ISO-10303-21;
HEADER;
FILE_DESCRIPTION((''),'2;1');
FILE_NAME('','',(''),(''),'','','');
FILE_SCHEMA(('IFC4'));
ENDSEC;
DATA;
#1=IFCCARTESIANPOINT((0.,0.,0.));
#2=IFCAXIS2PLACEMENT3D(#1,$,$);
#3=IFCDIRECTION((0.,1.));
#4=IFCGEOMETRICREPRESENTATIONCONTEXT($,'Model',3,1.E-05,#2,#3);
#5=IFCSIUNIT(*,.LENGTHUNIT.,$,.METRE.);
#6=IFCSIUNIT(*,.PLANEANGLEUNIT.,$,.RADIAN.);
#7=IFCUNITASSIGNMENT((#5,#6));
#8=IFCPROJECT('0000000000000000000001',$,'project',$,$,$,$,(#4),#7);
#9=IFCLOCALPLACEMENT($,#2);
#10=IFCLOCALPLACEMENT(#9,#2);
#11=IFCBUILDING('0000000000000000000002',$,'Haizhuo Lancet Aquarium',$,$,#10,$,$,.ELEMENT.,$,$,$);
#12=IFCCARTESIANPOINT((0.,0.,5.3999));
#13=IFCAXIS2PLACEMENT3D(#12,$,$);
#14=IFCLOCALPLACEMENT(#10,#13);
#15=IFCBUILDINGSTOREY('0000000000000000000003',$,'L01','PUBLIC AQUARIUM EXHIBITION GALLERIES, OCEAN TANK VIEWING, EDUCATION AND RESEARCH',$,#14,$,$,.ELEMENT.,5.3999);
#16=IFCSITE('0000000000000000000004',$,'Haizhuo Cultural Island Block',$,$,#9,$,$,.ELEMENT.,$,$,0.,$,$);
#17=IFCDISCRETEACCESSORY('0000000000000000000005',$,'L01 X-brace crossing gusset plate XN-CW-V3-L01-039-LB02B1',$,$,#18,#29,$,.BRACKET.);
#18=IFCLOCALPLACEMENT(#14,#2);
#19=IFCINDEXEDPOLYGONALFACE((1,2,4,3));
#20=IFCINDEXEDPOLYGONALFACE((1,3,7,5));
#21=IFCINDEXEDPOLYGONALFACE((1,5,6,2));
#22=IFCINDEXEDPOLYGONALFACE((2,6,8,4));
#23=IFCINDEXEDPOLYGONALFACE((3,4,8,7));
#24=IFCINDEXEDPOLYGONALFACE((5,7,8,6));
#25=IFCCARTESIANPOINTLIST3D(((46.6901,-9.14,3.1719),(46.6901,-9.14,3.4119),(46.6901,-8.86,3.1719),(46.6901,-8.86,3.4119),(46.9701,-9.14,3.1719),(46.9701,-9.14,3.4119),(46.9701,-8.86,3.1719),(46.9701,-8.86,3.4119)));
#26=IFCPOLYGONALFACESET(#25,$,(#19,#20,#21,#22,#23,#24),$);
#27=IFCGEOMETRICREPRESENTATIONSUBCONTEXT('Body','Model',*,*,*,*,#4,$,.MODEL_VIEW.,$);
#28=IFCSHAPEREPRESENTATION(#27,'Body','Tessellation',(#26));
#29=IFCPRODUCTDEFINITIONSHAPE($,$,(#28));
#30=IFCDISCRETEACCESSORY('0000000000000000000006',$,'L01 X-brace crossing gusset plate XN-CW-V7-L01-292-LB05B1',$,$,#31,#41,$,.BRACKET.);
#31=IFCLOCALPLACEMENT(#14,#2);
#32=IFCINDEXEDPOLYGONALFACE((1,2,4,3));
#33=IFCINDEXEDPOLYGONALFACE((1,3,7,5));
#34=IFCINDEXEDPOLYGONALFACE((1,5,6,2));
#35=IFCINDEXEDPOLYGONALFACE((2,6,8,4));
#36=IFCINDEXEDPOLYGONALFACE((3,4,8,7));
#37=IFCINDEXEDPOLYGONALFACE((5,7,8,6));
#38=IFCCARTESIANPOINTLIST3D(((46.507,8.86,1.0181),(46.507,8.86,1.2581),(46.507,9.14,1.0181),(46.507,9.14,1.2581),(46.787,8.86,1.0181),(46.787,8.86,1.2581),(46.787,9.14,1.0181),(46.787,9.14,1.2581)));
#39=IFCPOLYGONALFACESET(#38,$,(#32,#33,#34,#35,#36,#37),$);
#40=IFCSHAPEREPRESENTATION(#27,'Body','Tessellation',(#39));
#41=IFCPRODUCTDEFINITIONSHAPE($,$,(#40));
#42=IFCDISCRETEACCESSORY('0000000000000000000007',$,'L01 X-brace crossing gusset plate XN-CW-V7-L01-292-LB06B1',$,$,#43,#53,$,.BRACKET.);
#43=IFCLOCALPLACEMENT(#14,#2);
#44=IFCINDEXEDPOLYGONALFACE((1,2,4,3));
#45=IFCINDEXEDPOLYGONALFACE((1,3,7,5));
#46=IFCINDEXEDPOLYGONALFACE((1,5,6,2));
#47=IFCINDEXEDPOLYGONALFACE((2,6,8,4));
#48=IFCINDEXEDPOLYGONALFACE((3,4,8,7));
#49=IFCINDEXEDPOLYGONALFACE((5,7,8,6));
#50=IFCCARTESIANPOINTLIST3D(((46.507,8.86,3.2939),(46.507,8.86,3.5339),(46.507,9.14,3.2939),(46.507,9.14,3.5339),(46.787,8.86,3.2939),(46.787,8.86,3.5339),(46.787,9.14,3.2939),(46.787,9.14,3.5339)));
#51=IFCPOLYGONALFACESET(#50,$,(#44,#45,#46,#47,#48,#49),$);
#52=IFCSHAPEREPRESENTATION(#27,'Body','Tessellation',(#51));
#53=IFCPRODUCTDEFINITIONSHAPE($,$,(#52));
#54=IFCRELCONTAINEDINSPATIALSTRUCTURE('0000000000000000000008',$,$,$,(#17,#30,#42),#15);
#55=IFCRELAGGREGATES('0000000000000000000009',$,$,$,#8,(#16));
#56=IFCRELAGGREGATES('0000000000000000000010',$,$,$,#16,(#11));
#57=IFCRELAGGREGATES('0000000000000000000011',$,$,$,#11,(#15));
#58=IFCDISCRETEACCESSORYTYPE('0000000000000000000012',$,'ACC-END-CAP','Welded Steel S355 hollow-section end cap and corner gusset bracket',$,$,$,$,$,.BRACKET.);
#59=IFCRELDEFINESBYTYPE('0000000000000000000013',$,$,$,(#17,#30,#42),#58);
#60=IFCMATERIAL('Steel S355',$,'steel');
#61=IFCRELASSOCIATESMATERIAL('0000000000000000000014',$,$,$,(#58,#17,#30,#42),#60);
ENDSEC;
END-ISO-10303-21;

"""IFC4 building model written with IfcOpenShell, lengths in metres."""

from ifc_helpers import new_model, si_unit, direction, frame, origin, origin_2d, place, context, subcontext, project, spatial, rectangle, extrude, material, type_object, element, save


model = new_model("IFC4")

# Units and contexts
model_context = context("Model", 3, precision=1e-05, world=origin(), true_north=direction((0.0, 1.0)))
body_context = subcontext(model_context, "Body", "Model", "MODEL_VIEW")
ifc_project = project(units=[si_unit("LENGTHUNIT", "METRE"), si_unit("PLANEANGLEUNIT", "RADIAN")], contexts=[model_context])

# Site, building, storey
site_placement = place(None, origin())
site = spatial("IfcSite", under=ifc_project, at=site_placement, Name="Haizhuo Cultural Island Block", CompositionType="ELEMENT", RefElevation=0.0)
building_placement = place(site_placement, origin())
building = spatial("IfcBuilding", under=site, at=building_placement, Name="Haizhuo Lancet Aquarium", CompositionType="ELEMENT")
storey_placement = place(building_placement, frame((0.0, 0.0, 5.3999)))
storey = spatial("IfcBuildingStorey", under=building, at=storey_placement, Name="L01", Description="PUBLIC AQUARIUM EXHIBITION GALLERIES, OCEAN TANK VIEWING, EDUCATION AND RESEARCH", CompositionType="ELEMENT", Elevation=5.3999)

# Shared definitions
ifc_material_1 = material(Name="Steel S355", Category="steel")

# Discrete accessories
discrete_accessory_type = type_object("IfcDiscreteAccessoryType", Name="ACC-END-CAP", Description="Welded Steel S355 hollow-section end cap and corner gusset bracket", PredefinedType="BRACKET", material=ifc_material_1)
for number, where, z_axis, x_axis, name in (
    (1, (46.8301, -9.0, 3.1719), (0.0, 0.0, 1.0), (1.0, 0.0, 0.0), "L01 X-brace crossing gusset plate XN-CW-V3-L01-039-LB02B1"),
    (2, (46.647, 9.0, 1.0181), (0.0, 0.0, 1.0), (1.0, 0.0, 0.0), "L01 X-brace crossing gusset plate XN-CW-V7-L01-292-LB05B1"),
    (3, (46.647, 9.0, 3.2939), (0.0, 0.0, 1.0), (1.0, 0.0, 0.0), "L01 X-brace crossing gusset plate XN-CW-V7-L01-292-LB06B1"),
):
    element("IfcDiscreteAccessory", number, at=place(storey_placement, frame(where, z_axis=z_axis, x_axis=x_axis)), inside=storey, type_object=discrete_accessory_type, material=ifc_material_1, Name=name, PredefinedType="BRACKET", context=body_context, shape_type="SweptSolid", body=[
        extrude(rectangle(XDim=0.28, YDim=0.28, at=origin_2d()), origin(), (0.0, 0.0, 1.0), 0.24),
    ])

save(model, "model.ifc")
